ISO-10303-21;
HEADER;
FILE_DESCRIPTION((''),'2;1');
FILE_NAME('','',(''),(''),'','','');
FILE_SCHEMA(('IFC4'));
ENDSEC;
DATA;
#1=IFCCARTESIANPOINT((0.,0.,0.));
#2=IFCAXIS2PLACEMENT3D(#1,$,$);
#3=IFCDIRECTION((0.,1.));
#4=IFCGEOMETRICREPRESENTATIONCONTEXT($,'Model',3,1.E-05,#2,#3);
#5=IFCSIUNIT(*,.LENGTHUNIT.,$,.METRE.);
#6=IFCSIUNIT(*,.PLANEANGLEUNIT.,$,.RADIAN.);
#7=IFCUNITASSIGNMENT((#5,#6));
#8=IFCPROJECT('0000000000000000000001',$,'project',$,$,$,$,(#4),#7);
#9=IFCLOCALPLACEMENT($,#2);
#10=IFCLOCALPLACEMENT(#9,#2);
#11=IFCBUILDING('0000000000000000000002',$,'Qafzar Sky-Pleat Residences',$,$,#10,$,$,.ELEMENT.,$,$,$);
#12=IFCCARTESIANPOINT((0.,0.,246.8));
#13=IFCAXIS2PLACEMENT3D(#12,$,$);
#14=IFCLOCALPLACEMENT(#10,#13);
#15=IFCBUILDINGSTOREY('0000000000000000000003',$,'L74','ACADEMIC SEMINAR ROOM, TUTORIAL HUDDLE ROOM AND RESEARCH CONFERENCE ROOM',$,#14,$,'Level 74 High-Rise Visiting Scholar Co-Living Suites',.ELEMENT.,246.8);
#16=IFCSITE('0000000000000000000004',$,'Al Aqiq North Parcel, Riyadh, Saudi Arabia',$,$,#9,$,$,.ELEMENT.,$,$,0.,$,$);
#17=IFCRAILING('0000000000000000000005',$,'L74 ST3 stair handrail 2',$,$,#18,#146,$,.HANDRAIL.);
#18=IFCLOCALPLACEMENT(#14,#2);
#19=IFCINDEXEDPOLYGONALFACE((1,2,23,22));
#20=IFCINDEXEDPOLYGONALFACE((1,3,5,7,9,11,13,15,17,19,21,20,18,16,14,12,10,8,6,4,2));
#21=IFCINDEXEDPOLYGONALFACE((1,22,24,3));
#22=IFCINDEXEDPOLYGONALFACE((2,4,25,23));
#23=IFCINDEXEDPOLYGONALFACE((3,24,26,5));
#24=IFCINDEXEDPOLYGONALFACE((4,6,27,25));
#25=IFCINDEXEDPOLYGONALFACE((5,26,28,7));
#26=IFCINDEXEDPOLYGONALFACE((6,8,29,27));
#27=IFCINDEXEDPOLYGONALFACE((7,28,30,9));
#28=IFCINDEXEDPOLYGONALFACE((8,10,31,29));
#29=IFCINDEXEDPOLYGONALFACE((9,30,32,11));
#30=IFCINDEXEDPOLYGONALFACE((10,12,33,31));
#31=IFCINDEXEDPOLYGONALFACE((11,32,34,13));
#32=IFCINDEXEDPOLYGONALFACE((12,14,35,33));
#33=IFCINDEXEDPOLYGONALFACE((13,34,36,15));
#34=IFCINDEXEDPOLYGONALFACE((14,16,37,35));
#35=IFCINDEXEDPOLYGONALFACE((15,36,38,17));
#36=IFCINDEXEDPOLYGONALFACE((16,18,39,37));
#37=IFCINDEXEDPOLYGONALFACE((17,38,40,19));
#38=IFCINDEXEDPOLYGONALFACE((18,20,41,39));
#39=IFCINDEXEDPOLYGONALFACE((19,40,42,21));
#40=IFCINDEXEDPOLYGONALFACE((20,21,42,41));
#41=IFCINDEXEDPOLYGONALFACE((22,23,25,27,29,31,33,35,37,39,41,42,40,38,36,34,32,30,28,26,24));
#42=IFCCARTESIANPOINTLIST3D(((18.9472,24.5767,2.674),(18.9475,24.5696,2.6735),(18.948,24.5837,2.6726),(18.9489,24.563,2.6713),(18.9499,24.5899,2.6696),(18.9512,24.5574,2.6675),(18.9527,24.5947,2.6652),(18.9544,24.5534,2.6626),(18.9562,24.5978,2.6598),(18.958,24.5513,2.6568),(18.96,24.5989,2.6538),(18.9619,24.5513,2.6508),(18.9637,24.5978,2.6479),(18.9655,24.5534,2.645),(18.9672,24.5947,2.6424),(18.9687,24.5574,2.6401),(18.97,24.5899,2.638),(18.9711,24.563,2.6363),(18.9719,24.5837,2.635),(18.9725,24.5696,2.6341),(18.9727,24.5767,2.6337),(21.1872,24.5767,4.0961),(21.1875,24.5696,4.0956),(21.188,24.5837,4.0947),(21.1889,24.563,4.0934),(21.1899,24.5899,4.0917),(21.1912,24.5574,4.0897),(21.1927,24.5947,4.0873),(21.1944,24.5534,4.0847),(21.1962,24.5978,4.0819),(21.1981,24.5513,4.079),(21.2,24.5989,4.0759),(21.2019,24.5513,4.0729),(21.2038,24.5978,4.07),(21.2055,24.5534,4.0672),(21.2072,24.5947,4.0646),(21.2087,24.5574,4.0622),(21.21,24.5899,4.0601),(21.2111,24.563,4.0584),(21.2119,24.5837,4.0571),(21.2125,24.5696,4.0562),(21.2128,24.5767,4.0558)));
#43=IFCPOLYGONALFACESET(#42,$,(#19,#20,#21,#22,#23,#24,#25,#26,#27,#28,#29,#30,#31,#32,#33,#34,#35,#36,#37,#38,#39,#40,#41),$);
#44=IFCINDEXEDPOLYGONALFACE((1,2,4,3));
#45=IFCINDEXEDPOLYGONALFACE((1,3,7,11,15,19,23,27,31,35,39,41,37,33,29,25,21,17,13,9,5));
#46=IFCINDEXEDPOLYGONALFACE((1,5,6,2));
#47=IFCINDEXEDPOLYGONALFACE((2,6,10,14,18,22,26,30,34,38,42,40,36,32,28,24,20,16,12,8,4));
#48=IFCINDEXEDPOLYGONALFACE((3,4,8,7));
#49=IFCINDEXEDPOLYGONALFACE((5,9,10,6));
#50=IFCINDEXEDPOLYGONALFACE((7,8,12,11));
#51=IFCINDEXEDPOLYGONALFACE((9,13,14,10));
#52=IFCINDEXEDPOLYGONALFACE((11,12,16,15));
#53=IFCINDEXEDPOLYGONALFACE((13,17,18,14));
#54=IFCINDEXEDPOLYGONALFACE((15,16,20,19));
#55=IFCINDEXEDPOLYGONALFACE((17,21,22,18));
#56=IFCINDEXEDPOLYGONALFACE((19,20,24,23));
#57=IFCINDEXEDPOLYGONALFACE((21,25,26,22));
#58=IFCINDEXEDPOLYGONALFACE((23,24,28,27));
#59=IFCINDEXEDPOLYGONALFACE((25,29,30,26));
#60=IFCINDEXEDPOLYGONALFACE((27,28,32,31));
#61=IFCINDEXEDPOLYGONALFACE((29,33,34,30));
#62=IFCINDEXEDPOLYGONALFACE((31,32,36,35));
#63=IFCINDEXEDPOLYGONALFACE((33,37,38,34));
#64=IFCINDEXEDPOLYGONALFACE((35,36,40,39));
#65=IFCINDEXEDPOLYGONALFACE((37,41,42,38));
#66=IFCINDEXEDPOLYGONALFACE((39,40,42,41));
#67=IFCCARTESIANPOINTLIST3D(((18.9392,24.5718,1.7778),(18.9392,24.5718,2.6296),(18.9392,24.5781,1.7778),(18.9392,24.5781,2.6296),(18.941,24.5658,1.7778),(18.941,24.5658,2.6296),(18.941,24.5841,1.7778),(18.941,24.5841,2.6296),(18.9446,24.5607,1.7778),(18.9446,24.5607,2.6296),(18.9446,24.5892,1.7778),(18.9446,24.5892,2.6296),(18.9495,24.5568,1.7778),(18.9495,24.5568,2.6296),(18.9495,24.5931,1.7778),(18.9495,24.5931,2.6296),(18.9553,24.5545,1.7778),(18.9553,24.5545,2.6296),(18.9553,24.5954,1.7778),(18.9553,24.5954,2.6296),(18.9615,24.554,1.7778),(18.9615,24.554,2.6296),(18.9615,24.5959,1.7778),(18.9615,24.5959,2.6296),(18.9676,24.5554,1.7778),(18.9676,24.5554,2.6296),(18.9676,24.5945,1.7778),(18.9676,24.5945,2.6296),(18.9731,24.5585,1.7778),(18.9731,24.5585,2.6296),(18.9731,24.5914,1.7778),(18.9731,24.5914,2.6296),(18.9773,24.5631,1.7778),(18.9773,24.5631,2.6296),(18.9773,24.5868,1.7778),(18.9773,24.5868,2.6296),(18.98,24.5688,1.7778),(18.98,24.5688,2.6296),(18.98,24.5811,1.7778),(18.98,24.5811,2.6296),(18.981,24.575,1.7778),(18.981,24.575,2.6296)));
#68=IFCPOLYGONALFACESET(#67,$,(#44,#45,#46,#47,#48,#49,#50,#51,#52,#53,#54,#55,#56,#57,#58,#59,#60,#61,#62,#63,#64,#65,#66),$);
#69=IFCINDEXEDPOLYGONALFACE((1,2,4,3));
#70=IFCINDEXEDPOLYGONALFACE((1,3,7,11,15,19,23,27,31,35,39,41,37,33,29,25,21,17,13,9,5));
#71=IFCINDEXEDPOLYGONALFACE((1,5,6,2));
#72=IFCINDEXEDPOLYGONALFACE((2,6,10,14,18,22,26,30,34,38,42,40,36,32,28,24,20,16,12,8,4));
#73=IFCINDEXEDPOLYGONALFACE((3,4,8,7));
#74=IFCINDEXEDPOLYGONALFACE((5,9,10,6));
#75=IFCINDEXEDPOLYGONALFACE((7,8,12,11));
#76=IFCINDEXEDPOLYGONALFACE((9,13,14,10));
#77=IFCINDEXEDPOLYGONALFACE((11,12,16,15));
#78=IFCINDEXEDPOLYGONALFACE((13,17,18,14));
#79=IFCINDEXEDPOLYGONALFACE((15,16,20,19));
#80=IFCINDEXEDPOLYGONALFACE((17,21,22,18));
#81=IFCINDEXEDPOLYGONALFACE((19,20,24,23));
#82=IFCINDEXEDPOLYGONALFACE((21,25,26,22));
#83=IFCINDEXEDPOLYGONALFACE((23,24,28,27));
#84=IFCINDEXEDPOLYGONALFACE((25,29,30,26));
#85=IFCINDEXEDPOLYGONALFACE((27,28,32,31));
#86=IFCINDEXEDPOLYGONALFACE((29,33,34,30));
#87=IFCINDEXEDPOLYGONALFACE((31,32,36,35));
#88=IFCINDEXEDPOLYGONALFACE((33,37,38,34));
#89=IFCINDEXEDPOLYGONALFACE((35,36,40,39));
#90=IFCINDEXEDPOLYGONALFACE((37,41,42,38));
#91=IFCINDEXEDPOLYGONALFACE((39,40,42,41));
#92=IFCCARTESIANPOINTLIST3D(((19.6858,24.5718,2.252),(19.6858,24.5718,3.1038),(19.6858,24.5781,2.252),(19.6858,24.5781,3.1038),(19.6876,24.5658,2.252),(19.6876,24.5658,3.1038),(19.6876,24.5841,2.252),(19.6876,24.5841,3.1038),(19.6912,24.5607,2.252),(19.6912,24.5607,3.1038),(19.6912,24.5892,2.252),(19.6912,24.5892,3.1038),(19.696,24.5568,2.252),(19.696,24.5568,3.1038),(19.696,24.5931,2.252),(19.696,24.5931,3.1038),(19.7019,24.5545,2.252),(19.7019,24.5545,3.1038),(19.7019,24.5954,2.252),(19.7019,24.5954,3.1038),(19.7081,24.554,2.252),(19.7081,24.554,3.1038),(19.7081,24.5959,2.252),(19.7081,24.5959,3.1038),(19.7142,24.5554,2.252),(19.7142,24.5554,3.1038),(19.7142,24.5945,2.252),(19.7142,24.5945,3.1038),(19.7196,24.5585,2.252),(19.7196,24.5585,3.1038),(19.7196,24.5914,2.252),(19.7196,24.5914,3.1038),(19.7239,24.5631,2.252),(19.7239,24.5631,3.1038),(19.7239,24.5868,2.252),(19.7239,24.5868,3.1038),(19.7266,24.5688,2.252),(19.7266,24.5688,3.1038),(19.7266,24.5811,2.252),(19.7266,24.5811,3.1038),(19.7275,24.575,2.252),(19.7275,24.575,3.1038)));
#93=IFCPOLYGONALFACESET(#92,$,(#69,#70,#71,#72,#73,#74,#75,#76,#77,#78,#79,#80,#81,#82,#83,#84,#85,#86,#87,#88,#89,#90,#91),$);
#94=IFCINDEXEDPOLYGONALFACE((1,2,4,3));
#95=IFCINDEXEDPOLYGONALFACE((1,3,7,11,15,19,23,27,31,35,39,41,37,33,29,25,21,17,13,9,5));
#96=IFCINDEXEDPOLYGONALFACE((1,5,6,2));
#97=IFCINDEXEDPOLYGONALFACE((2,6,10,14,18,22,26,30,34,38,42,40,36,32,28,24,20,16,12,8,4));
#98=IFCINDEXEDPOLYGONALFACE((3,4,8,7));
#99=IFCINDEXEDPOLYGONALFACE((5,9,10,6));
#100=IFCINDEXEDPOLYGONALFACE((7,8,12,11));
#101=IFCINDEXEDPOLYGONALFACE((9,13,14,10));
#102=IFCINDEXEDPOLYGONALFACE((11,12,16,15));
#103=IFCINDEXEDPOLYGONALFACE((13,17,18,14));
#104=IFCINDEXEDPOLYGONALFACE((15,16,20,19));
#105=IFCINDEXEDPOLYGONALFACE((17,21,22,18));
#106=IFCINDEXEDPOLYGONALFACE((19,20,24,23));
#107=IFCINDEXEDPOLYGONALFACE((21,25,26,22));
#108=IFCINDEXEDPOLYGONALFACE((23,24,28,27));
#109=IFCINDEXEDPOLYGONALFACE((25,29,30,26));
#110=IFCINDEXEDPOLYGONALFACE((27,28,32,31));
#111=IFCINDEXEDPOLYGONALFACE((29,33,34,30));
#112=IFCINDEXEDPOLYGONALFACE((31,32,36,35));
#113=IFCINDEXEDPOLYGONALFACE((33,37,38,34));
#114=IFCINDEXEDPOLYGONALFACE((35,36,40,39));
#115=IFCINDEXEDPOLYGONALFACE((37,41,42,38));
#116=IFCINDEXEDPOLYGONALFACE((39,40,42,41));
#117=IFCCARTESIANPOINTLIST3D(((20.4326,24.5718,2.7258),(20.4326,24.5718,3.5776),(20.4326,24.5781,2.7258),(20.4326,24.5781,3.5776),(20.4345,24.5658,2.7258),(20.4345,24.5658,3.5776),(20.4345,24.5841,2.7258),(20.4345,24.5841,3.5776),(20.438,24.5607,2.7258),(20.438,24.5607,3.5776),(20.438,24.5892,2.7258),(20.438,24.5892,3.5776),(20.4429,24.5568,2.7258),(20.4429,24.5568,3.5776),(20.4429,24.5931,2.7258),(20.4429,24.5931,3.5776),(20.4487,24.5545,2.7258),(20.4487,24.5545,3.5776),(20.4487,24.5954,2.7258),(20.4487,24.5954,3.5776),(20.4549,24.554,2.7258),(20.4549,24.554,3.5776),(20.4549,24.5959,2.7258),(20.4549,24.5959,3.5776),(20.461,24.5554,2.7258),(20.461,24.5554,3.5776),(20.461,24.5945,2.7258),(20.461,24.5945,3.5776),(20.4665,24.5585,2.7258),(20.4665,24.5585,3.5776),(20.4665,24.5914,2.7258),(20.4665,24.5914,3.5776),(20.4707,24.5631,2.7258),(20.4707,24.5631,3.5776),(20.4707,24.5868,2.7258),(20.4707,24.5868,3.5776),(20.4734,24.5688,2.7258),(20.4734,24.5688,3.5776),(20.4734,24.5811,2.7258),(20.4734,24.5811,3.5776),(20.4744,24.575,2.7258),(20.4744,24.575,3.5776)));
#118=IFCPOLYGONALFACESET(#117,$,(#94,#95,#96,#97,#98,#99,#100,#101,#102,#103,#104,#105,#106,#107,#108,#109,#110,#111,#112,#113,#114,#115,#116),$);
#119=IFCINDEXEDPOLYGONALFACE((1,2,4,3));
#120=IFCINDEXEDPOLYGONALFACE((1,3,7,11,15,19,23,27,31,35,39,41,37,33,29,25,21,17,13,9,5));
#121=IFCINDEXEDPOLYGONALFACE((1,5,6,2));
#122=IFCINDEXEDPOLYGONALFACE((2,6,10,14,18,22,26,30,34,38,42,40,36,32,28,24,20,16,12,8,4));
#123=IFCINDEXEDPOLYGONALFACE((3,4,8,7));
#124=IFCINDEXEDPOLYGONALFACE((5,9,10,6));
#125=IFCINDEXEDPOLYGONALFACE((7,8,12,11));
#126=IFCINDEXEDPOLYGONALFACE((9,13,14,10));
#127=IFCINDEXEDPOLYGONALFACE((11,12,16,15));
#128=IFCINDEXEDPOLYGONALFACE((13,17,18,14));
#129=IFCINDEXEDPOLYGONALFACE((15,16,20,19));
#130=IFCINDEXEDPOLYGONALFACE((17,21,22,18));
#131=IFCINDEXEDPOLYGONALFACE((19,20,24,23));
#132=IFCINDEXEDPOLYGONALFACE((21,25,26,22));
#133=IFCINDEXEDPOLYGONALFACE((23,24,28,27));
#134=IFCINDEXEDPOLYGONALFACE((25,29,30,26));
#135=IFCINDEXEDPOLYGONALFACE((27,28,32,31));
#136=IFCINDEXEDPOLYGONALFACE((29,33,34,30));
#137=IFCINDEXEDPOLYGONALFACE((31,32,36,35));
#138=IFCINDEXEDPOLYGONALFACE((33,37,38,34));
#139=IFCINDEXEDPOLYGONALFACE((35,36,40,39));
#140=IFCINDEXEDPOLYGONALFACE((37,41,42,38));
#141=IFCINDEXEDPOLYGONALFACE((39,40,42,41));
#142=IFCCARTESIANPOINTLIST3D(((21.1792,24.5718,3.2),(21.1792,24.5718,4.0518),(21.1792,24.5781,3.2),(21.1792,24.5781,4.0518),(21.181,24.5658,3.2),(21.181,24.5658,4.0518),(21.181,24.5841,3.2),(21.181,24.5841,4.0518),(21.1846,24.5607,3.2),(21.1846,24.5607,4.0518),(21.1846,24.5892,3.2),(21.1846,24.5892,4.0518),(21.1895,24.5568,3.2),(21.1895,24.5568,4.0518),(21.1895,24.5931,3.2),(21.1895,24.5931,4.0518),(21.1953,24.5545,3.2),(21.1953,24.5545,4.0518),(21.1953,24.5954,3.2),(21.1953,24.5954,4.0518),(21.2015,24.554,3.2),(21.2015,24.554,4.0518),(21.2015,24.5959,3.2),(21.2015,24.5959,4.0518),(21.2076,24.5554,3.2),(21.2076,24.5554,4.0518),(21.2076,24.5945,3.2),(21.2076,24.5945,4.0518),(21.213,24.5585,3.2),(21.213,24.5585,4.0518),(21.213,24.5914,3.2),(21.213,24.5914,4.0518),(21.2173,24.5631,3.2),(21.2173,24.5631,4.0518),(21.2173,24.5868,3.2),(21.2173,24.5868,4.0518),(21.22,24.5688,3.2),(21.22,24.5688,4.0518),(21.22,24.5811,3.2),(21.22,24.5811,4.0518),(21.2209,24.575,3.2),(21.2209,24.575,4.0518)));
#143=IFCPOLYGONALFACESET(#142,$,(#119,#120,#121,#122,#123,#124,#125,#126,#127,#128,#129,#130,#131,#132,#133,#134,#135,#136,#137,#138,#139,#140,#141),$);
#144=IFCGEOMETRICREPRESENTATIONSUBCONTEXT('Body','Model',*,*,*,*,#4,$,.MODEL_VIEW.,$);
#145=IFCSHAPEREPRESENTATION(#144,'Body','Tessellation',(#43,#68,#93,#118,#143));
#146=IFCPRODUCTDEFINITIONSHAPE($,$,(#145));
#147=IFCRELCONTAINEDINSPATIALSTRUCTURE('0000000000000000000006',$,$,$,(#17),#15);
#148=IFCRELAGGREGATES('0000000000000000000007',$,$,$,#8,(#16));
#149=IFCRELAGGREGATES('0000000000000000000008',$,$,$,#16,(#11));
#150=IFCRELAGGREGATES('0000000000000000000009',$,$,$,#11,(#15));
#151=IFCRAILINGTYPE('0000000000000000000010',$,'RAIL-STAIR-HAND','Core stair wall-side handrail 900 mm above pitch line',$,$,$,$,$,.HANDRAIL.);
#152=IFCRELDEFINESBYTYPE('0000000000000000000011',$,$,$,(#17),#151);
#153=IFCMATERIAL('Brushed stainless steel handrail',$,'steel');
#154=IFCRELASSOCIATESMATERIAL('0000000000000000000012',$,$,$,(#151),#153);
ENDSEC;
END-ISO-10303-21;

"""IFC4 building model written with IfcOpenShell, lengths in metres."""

from ifc_helpers import new_model, si_unit, direction, frame, origin, origin_2d, place, context, subcontext, project, spatial, circle, extrude, source, transform, mapped, material, type_object, element, save


model = new_model("IFC4")

# Units and contexts
model_context = context("Model", 3, precision=1e-05, world=origin(), true_north=direction((0.0, 1.0)))
body_context = subcontext(model_context, "Body", "Model", "MODEL_VIEW")
ifc_project = project(units=[si_unit("LENGTHUNIT", "METRE"), si_unit("PLANEANGLEUNIT", "RADIAN")], contexts=[model_context])

# Site, building, storey
site_placement = place(None, origin())
site = spatial("IfcSite", under=ifc_project, at=site_placement, Name="Al Aqiq North Parcel, Riyadh, Saudi Arabia", CompositionType="ELEMENT", RefElevation=0.0)
building_placement = place(site_placement, origin())
building = spatial("IfcBuilding", under=site, at=building_placement, Name="Qafzar Sky-Pleat Residences", CompositionType="ELEMENT")
storey_placement = place(building_placement, frame((0.0, 0.0, 246.8)))
storey = spatial("IfcBuildingStorey", under=building, at=storey_placement, Name="L74", Description="ACADEMIC SEMINAR ROOM, TUTORIAL HUDDLE ROOM AND RESEARCH CONFERENCE ROOM", LongName="Level 74 High-Rise Visiting Scholar Co-Living Suites", CompositionType="ELEMENT", Elevation=246.8)

# Railing
ifc_material_1 = material(Name="Brushed stainless steel handrail", Category="steel")
railing_type_1 = type_object("IfcRailingType", Name="RAIL-STAIR-HAND", Description="Core stair wall-side handrail 900 mm above pitch line", PredefinedType="HANDRAIL", material=ifc_material_1)
shared_shape_1 = source(origin(), body_context, "Body", "SweptSolid", [
    extrude(circle(Radius=0.0239, at=origin_2d()), frame((0.0, 0.0, 0.876), z_axis=(0.844229, 0.0, 0.535982), x_axis=(0.0, 1.0, 0.0)), (0.0, 0.0, 1.0), 2.6533),
    extrude(circle(Radius=0.021, at=origin_2d()), origin(), (0.0, 0.0, 1.0), 0.8518),
    extrude(circle(Radius=0.021, at=origin_2d()), frame((0.7466, 0.0, 0.4741)), (0.0, 0.0, 1.0), 0.8518),
    extrude(circle(Radius=0.021, at=origin_2d()), frame((1.4934, 0.0, 0.948)), (0.0, 0.0, 1.0), 0.8518),
    extrude(circle(Radius=0.021, at=origin_2d()), frame((2.24, 0.0, 1.4221)), (0.0, 0.0, 1.0), 0.8518),
])
railing_1_placement = place(storey_placement, frame((18.96, 24.575, 1.7778)))
element("IfcRailing", 1, at=railing_1_placement, inside=storey, type_object=railing_type_1, Name="L74 ST3 stair handrail 2", PredefinedType="HANDRAIL", context=body_context, shape_type="MappedRepresentation", body=[
    mapped(shared_shape_1, transform((0.0, 0.0, 0.0), x_axis=(1.0, 0.0, 0.0), y_axis=(0.0, 1.0, 0.0), z_axis=(0.0, 0.0, 1.0), scale=1.0)),
])

save(model, "model.ifc")
